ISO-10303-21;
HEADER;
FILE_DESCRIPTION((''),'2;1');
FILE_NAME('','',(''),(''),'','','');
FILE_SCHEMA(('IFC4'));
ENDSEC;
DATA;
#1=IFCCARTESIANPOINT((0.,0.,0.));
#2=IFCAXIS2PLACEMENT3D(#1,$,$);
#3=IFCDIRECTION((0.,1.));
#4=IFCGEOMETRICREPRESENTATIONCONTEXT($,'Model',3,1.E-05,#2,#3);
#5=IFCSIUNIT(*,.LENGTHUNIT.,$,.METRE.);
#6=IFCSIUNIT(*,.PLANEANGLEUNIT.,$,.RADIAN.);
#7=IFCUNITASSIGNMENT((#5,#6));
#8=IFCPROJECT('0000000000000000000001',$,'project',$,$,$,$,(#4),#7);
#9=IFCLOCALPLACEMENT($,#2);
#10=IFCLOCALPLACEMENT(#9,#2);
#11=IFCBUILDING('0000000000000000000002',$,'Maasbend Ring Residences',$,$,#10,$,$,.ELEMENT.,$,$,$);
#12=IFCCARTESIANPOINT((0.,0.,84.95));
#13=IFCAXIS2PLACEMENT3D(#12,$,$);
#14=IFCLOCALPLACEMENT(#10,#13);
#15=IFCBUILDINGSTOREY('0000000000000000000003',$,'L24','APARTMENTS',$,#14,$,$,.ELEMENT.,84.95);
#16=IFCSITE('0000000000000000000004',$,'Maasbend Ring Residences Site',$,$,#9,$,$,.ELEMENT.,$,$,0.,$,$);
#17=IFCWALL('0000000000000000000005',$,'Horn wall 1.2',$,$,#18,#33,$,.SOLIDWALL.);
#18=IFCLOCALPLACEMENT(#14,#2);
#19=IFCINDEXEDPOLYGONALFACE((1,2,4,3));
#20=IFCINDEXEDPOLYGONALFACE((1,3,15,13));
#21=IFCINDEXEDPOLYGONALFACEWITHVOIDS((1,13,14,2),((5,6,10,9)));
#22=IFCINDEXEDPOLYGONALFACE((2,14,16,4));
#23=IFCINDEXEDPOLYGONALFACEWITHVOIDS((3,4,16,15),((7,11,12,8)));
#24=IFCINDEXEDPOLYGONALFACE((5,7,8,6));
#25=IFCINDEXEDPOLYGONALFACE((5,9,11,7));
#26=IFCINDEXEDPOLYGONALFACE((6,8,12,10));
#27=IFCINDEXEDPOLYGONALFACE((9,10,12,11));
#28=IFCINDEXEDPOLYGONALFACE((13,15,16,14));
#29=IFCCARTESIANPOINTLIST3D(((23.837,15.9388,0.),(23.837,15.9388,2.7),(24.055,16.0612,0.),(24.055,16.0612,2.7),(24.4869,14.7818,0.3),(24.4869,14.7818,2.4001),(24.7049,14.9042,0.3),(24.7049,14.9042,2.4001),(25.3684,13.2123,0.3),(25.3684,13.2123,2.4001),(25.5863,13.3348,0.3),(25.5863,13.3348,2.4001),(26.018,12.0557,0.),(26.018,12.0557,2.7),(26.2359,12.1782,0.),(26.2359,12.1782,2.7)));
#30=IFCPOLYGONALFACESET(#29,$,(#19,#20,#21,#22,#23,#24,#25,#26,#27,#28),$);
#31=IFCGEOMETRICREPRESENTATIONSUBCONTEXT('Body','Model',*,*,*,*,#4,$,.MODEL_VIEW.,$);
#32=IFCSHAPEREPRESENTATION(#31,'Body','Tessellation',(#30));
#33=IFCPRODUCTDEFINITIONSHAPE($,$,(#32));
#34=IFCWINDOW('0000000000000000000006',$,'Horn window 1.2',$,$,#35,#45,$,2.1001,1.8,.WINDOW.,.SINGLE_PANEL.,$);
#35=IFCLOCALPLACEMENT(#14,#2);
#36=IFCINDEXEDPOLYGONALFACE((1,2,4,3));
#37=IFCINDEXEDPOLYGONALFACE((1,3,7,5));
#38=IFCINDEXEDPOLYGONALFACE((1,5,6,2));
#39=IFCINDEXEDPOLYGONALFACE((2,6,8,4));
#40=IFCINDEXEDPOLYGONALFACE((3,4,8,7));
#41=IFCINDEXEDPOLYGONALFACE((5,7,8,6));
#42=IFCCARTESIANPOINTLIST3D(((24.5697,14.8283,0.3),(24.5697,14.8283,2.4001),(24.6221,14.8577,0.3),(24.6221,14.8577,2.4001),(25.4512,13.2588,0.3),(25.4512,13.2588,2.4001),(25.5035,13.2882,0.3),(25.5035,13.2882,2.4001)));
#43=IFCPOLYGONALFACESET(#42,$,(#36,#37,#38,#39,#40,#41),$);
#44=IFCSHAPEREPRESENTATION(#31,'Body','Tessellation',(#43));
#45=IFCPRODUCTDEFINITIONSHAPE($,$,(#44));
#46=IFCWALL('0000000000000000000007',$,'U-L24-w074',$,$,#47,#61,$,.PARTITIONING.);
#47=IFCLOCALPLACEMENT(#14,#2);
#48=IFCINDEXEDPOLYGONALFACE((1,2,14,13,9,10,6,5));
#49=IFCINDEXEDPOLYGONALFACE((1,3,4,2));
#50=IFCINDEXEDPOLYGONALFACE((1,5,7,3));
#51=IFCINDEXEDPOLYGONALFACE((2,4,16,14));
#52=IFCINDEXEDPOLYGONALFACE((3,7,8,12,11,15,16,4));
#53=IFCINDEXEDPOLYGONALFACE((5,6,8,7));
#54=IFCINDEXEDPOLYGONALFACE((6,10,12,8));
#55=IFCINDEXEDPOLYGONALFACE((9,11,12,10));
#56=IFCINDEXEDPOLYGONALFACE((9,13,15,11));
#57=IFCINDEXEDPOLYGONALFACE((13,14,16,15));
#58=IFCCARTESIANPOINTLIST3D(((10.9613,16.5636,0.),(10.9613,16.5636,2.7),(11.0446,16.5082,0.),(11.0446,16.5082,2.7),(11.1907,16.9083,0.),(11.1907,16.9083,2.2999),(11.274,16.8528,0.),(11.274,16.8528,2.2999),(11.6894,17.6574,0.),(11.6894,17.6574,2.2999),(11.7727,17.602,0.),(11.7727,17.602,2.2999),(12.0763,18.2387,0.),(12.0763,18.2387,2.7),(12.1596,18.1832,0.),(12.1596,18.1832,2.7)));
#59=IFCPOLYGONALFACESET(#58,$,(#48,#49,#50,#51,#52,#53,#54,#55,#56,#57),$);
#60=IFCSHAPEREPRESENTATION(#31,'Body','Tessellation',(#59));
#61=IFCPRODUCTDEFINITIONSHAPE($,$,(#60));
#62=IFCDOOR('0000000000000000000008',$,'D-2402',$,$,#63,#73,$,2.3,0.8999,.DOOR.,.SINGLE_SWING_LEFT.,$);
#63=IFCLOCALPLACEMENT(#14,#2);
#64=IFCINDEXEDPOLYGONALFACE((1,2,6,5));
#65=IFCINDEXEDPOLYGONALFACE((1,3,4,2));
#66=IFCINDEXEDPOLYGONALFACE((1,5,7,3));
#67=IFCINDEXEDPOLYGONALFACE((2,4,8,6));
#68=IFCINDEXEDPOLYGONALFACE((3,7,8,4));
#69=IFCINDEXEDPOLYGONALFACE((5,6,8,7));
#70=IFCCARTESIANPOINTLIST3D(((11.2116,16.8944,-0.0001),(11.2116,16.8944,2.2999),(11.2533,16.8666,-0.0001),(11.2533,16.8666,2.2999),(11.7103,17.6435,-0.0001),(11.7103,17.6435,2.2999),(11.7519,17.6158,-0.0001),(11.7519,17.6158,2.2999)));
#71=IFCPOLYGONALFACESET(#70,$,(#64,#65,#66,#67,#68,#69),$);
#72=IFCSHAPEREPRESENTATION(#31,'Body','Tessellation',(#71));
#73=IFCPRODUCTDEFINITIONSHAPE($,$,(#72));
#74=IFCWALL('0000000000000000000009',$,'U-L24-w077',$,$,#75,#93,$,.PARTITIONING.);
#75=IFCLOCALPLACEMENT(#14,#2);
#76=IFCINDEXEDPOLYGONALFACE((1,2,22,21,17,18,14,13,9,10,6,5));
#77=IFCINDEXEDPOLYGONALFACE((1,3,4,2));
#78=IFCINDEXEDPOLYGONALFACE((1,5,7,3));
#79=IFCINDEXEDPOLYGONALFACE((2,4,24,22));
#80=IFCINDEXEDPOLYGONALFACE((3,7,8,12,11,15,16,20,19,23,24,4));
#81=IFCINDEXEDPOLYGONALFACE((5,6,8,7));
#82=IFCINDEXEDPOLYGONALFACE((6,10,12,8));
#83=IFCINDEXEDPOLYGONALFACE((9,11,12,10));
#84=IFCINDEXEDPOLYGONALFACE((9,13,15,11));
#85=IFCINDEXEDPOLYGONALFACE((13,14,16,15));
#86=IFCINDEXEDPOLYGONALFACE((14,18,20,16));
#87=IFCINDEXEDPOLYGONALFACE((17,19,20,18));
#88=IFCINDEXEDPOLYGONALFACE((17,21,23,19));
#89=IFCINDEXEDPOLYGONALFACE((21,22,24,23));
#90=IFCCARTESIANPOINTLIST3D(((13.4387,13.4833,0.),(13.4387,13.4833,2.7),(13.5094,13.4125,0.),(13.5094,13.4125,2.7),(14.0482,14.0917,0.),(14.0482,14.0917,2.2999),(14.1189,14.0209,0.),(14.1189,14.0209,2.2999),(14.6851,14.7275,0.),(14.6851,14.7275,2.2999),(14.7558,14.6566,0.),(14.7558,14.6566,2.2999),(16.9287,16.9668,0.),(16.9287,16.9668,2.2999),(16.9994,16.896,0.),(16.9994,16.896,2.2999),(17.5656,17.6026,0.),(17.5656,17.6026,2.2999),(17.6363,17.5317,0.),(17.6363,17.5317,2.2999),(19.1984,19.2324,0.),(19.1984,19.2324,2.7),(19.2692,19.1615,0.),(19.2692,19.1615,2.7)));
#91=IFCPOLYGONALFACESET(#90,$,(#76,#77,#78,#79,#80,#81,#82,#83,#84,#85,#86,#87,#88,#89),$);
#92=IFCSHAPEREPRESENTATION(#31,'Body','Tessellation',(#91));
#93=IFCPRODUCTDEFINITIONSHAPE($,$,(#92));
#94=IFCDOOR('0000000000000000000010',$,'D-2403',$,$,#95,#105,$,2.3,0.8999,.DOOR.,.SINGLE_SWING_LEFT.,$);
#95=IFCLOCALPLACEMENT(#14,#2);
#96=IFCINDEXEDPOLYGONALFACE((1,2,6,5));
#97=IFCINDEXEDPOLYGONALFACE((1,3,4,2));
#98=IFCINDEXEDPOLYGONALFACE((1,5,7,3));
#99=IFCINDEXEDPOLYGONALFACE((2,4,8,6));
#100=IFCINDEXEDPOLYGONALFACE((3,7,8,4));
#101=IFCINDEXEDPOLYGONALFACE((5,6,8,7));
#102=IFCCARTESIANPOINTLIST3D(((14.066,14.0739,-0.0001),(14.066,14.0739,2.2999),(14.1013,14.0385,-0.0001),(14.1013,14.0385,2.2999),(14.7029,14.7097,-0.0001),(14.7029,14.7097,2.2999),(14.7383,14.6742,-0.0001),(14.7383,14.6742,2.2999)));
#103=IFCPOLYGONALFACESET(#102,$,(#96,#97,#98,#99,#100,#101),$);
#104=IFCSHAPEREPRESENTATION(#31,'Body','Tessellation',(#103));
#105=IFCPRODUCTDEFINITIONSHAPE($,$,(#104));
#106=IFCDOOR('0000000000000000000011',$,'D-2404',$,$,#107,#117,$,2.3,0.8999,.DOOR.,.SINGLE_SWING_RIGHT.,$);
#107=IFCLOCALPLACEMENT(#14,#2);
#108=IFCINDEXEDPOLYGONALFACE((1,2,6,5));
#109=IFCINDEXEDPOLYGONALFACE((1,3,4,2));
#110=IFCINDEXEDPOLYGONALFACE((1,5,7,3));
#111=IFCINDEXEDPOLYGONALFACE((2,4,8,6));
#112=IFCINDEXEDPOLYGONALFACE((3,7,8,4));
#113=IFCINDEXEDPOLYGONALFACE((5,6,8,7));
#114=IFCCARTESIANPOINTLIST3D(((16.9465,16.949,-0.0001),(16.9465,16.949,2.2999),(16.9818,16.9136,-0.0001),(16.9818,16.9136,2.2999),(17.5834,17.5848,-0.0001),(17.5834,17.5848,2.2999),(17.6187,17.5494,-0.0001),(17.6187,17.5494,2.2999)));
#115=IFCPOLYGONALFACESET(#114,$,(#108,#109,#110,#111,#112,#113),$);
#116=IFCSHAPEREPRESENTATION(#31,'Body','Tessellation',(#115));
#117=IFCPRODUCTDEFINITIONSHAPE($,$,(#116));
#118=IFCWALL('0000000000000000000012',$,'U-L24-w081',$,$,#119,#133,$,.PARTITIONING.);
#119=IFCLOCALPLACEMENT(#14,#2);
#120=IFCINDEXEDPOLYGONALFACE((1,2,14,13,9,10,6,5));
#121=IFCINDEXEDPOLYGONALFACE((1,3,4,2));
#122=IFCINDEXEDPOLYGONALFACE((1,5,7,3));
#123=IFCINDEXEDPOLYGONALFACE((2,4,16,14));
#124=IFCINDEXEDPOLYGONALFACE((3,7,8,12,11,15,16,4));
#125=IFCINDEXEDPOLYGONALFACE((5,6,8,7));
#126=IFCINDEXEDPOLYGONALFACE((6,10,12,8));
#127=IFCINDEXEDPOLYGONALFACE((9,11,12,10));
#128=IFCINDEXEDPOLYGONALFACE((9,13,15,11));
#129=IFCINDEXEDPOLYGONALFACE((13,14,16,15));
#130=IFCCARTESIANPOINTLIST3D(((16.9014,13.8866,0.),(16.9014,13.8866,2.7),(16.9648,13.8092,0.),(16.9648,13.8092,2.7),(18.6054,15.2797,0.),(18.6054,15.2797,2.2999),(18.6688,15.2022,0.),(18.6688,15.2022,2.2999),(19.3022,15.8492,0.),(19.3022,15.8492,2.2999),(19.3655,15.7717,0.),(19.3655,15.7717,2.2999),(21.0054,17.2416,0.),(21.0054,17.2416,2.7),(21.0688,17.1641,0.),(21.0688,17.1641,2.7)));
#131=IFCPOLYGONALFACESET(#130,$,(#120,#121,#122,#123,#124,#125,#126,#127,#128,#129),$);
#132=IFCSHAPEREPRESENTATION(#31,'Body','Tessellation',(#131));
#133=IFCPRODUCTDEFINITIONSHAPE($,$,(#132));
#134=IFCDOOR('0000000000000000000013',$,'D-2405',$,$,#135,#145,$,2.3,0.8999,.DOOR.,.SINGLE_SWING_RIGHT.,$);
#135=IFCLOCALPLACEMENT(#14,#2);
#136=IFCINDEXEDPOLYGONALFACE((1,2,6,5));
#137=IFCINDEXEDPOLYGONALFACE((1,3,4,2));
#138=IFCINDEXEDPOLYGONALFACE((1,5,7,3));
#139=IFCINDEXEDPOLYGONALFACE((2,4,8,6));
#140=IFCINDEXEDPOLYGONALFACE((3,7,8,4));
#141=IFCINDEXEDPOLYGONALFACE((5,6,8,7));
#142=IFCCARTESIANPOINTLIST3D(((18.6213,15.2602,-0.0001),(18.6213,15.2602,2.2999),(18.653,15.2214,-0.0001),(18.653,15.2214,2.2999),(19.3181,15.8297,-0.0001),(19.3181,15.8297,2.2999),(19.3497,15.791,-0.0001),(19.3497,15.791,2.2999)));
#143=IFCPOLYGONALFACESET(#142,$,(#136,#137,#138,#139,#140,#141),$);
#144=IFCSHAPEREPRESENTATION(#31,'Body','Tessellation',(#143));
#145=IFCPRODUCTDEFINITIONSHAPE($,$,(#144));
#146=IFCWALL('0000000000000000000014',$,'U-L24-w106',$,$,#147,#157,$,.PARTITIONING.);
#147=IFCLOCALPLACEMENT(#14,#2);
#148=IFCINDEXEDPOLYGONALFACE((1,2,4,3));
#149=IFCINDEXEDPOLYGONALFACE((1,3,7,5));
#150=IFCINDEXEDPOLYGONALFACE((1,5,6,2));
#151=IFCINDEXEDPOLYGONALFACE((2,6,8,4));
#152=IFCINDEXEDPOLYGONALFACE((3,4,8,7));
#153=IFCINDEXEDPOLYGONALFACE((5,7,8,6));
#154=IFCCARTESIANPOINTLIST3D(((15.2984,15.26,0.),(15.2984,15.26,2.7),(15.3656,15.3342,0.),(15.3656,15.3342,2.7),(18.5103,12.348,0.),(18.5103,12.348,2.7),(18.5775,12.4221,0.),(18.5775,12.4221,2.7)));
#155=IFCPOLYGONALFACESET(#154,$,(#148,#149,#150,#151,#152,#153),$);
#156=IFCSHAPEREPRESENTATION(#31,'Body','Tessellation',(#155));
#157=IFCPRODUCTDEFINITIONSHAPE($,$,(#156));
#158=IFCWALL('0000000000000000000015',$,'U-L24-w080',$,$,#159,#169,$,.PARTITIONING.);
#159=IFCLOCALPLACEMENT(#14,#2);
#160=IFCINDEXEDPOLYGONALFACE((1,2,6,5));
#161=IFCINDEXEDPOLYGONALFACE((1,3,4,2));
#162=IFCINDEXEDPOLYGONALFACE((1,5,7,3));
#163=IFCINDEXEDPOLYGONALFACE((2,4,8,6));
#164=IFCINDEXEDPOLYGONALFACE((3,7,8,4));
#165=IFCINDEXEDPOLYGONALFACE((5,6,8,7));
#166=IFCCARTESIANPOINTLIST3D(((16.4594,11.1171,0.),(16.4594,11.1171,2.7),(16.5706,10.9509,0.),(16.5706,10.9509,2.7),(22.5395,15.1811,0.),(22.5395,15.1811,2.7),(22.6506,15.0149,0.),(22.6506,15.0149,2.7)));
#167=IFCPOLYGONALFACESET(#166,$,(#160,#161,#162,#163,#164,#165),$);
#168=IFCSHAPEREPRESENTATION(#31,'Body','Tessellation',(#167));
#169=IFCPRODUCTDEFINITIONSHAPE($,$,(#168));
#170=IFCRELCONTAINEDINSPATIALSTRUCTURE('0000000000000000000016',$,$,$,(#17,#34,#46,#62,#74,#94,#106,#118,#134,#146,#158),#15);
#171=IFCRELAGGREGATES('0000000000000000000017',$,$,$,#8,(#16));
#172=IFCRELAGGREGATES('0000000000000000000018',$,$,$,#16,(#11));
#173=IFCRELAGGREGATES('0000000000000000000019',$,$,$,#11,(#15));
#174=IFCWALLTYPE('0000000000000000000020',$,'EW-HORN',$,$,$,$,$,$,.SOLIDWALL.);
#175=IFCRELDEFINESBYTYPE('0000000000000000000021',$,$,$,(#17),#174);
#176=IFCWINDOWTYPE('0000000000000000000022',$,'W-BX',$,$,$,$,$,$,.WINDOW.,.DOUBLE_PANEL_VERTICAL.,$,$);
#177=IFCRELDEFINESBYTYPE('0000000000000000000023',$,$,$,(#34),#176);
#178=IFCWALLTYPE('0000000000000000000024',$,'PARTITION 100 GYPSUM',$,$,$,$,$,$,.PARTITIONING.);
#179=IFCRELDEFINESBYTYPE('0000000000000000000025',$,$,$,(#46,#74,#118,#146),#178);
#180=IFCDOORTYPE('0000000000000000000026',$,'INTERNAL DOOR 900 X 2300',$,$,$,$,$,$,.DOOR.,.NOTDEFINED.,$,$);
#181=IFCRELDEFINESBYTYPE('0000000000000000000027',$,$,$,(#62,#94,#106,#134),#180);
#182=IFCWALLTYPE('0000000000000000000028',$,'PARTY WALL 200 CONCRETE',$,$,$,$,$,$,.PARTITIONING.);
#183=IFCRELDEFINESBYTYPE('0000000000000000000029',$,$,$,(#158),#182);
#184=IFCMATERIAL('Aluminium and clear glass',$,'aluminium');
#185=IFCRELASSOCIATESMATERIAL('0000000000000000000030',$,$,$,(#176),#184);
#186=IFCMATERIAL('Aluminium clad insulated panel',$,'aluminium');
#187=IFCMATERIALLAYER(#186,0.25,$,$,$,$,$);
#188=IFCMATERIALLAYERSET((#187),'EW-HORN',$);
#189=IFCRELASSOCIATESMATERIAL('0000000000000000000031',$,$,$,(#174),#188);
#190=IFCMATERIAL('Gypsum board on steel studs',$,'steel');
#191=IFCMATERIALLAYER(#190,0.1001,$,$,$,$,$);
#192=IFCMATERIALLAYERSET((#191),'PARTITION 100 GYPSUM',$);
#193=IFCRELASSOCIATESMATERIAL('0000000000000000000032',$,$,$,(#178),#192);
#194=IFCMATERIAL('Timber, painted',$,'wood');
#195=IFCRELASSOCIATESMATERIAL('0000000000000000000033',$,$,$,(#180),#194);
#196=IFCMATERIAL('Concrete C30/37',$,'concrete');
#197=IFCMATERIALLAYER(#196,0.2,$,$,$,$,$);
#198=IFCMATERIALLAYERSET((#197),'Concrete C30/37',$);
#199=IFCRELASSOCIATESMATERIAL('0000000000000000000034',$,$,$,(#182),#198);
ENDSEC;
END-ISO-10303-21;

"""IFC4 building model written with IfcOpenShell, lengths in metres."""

from ifc_helpers import new_model, si_unit, direction, frame, frame_2d, origin, place, context, subcontext, project, spatial, rectangle, extrude, material, layer, layer_set, type_object, element, fill, save


model = new_model("IFC4")

# Units and contexts
model_context = context("Model", 3, precision=1e-05, world=origin(), true_north=direction((0.0, 1.0)))
body_context = subcontext(model_context, "Body", "Model", "MODEL_VIEW")
ifc_project = project(units=[si_unit("LENGTHUNIT", "METRE"), si_unit("PLANEANGLEUNIT", "RADIAN")], contexts=[model_context])

# Site, building, storey
site_placement = place(None, origin())
site = spatial("IfcSite", under=ifc_project, at=site_placement, Name="Maasbend Ring Residences Site", CompositionType="ELEMENT", RefElevation=0.0)
building_placement = place(site_placement, origin())
building = spatial("IfcBuilding", under=site, at=building_placement, Name="Maasbend Ring Residences", CompositionType="ELEMENT")
storey_placement = place(building_placement, frame((0.0, 0.0, 84.95)))
storey = spatial("IfcBuildingStorey", under=building, at=storey_placement, Name="L24", Description="APARTMENTS", CompositionType="ELEMENT", Elevation=84.95)

# Shared definitions
ifc_material_1 = material(Name="Aluminium and clear glass", Category="aluminium")
window_type = type_object("IfcWindowType", Name="W-BX", PartitioningType="DOUBLE_PANEL_VERTICAL", PredefinedType="WINDOW", material=ifc_material_1)

# Wall, opening, window
ifc_material_2 = material(Name="Aluminium clad insulated panel", Category="aluminium")
ifc_layer_1 = layer(ifc_material_2, 0.25)
ifc_layer_set_1 = layer_set([ifc_layer_1], Name="EW-HORN")
wall_type_1 = type_object("IfcWallType", Name="EW-HORN", PredefinedType="SOLIDWALL", material=ifc_layer_set_1)
wall_1_placement = place(storey_placement, frame((26.127, 12.1169, 0.0), z_axis=(0.0, 0.0, 1.0), x_axis=(-0.489696, 0.871893, 0.0)))
wall_1 = element("IfcWall", 1, at=wall_1_placement, inside=storey, type_object=wall_type_1, Name="Horn wall 1.2", PredefinedType="SOLIDWALL", context=body_context, shape_type="SweptSolid", body=[
    extrude(rectangle(XDim=4.4536, YDim=0.25, at=frame_2d((2.2268, 0.0))), origin(), (0.0, 0.0, 1.0), 2.7),
])
opening_1_placement = place(wall_1_placement, frame((1.3267, 0.0, 0.3)))
opening_1 = element("IfcOpeningElement", 2, at=opening_1_placement, cuts=wall_1, PredefinedType="OPENING", context=body_context, shape_type="SweptSolid", body=[
    extrude(rectangle(XDim=1.8, YDim=2.1001, at=frame_2d((0.8999, 1.05))), frame((0.0, 0.135, 0.0), z_axis=(0.0, -1.0, 0.0), x_axis=(1.0, 0.0, 0.0)), (0.0, 0.0, 1.0), 0.27),
])
window_1_placement = place(opening_1_placement, origin())
window_1 = element("IfcWindow", 3, at=window_1_placement, inside=storey, type_object=window_type, Name="Horn window 1.2", OverallHeight=2.1001, OverallWidth=1.8, PartitioningType="SINGLE_PANEL", PredefinedType="WINDOW", context=body_context, shape_type="SweptSolid", body=[
    extrude(rectangle(XDim=1.8, YDim=2.1001, at=frame_2d((0.8999, 1.05))), frame((0.0, 0.03, 0.0), z_axis=(0.0, -1.0, 0.0), x_axis=(1.0, 0.0, 0.0)), (0.0, 0.0, 1.0), 0.0601),
])
fill(opening_1, window_1)

# Wall, opening, door
ifc_material_3 = material(Name="Gypsum board on steel studs", Category="steel")
ifc_layer_2 = layer(ifc_material_3, 0.1001)
ifc_layer_set_2 = layer_set([ifc_layer_2], Name="PARTITION 100 GYPSUM")
wall_type_2 = type_object("IfcWallType", Name="PARTITION 100 GYPSUM", PredefinedType="PARTITIONING", material=ifc_layer_set_2)
wall_2_placement = place(storey_placement, frame((11.0029, 16.5359, 0.0), z_axis=(0.0, 0.0, 1.0), x_axis=(0.554112, 0.832442, 0.0)))
wall_2 = element("IfcWall", 4, at=wall_2_placement, inside=storey, type_object=wall_type_2, Name="U-L24-w074", PredefinedType="PARTITIONING", context=body_context, shape_type="SweptSolid", body=[
    extrude(rectangle(XDim=2.0122, YDim=0.1001, at=frame_2d((1.0061, 0.0))), origin(), (0.0, 0.0, 1.0), 2.7),
])
opening_2_placement = place(wall_2_placement, frame((0.4141, 0.0, 0.0)))
opening_2 = element("IfcOpeningElement", 5, at=opening_2_placement, cuts=wall_2, PredefinedType="OPENING", context=body_context, shape_type="SweptSolid", body=[
    extrude(rectangle(XDim=0.8999, YDim=2.3, at=frame_2d((0.45, 1.1499))), frame((0.0, 0.0601, 0.0), z_axis=(0.0, -1.0, 0.0), x_axis=(1.0, 0.0, 0.0)), (0.0, 0.0, 1.0), 0.1201),
])
ifc_material_4 = material(Name="Timber, painted", Category="wood")
door_type_1 = type_object("IfcDoorType", Name="INTERNAL DOOR 900 X 2300", OperationType="NOTDEFINED", PredefinedType="DOOR", material=ifc_material_4)
door_1_placement = place(opening_2_placement, origin())
door_1 = element("IfcDoor", 6, at=door_1_placement, inside=storey, type_object=door_type_1, Name="D-2402", OperationType="SINGLE_SWING_LEFT", OverallHeight=2.3, OverallWidth=0.8999, PredefinedType="DOOR", context=body_context, shape_type="SweptSolid", body=[
    extrude(rectangle(XDim=0.8999, YDim=2.3, at=frame_2d((0.45, 1.1499))), frame((0.0, 0.0249, 0.0), z_axis=(0.0, -1.0, 0.0), x_axis=(1.0, 0.0, 0.0)), (0.0, 0.0, 1.0), 0.05),
])
fill(opening_2, door_1)

# Wall, openings, doors
wall_3_placement = place(storey_placement, frame((13.4741, 13.448, 0.0), z_axis=(0.0, 0.0, 1.0), x_axis=(0.707766, 0.706446, 0.0)))
wall_3 = element("IfcWall", 7, at=wall_3_placement, inside=storey, type_object=wall_type_2, Name="U-L24-w077", PredefinedType="PARTITIONING", context=body_context, shape_type="SweptSolid", body=[
    extrude(rectangle(XDim=8.1379, YDim=0.1001, at=frame_2d((4.0688, 0.0))), origin(), (0.0, 0.0, 1.0), 2.7),
])
opening_3_placement = place(wall_3_placement, frame((0.8611, 0.0, 0.0)))
opening_3 = element("IfcOpeningElement", 8, at=opening_3_placement, cuts=wall_3, PredefinedType="OPENING", context=body_context, shape_type="SweptSolid", body=[
    extrude(rectangle(XDim=0.8999, YDim=2.3, at=frame_2d((0.45, 1.1499))), frame((0.0, 0.0601, 0.0), z_axis=(0.0, -1.0, 0.0), x_axis=(1.0, 0.0, 0.0)), (0.0, 0.0, 1.0), 0.1201),
])
opening_4_placement = place(wall_3_placement, frame((4.9309, 0.0, 0.0)))
opening_4 = element("IfcOpeningElement", 9, at=opening_4_placement, cuts=wall_3, PredefinedType="OPENING", context=body_context, shape_type="SweptSolid", body=[
    extrude(rectangle(XDim=0.8999, YDim=2.3, at=frame_2d((0.45, 1.1499))), frame((0.0, 0.0601, 0.0), z_axis=(0.0, -1.0, 0.0), x_axis=(1.0, 0.0, 0.0)), (0.0, 0.0, 1.0), 0.1201),
])
door_2_placement = place(opening_3_placement, origin())
door_2 = element("IfcDoor", 10, at=door_2_placement, inside=storey, type_object=door_type_1, Name="D-2403", OperationType="SINGLE_SWING_LEFT", OverallHeight=2.3, OverallWidth=0.8999, PredefinedType="DOOR", context=body_context, shape_type="SweptSolid", body=[
    extrude(rectangle(XDim=0.8999, YDim=2.3, at=frame_2d((0.45, 1.1499))), frame((0.0, 0.0249, 0.0), z_axis=(0.0, -1.0, 0.0), x_axis=(1.0, 0.0, 0.0)), (0.0, 0.0, 1.0), 0.05),
])
fill(opening_3, door_2)
door_3_placement = place(opening_4_placement, origin())
door_3 = element("IfcDoor", 11, at=door_3_placement, inside=storey, type_object=door_type_1, Name="D-2404", OperationType="SINGLE_SWING_RIGHT", OverallHeight=2.3, OverallWidth=0.8999, PredefinedType="DOOR", context=body_context, shape_type="SweptSolid", body=[
    extrude(rectangle(XDim=0.8999, YDim=2.3, at=frame_2d((0.45, 1.1499))), frame((0.0, 0.0249, 0.0), z_axis=(0.0, -1.0, 0.0), x_axis=(1.0, 0.0, 0.0)), (0.0, 0.0, 1.0), 0.05),
])
fill(opening_4, door_3)

# Wall, opening, door
wall_4_placement = place(storey_placement, frame((16.9331, 13.8479, 0.0), z_axis=(0.0, 0.0, 1.0), x_axis=(0.77422, 0.632917, 0.0)))
wall_4 = element("IfcWall", 12, at=wall_4_placement, inside=storey, type_object=wall_type_2, Name="U-L24-w081", PredefinedType="PARTITIONING", context=body_context, shape_type="SweptSolid", body=[
    extrude(rectangle(XDim=5.3008, YDim=0.1001, at=frame_2d((2.6504, 0.0))), origin(), (0.0, 0.0, 1.0), 2.7),
])
opening_5_placement = place(wall_4_placement, frame((2.2009, 0.0, 0.0)))
opening_5 = element("IfcOpeningElement", 13, at=opening_5_placement, cuts=wall_4, PredefinedType="OPENING", context=body_context, shape_type="SweptSolid", body=[
    extrude(rectangle(XDim=0.8999, YDim=2.3, at=frame_2d((0.45, 1.1499))), frame((0.0, 0.0601, 0.0), z_axis=(0.0, -1.0, 0.0), x_axis=(1.0, 0.0, 0.0)), (0.0, 0.0, 1.0), 0.1201),
])
door_4_placement = place(opening_5_placement, origin())
door_4 = element("IfcDoor", 14, at=door_4_placement, inside=storey, type_object=door_type_1, Name="D-2405", OperationType="SINGLE_SWING_RIGHT", OverallHeight=2.3, OverallWidth=0.8999, PredefinedType="DOOR", context=body_context, shape_type="SweptSolid", body=[
    extrude(rectangle(XDim=0.8999, YDim=2.3, at=frame_2d((0.45, 1.1499))), frame((0.0, 0.0249, 0.0), z_axis=(0.0, -1.0, 0.0), x_axis=(1.0, 0.0, 0.0)), (0.0, 0.0, 1.0), 0.05),
])
fill(opening_5, door_4)

# Walls
wall_5_placement = place(storey_placement, frame((15.332, 15.2971, 0.0), z_axis=(0.0, 0.0, 1.0), x_axis=(0.740836, -0.671686, 0.0)))
element("IfcWall", 15, at=wall_5_placement, inside=storey, type_object=wall_type_2, Name="U-L24-w106", PredefinedType="PARTITIONING", context=body_context, shape_type="SweptSolid", body=[
    extrude(rectangle(XDim=4.3354, YDim=0.1001, at=frame_2d((2.1677, 0.0))), origin(), (0.0, 0.0, 1.0), 2.7),
])
ifc_material_5 = material(Name="Concrete C30/37", Category="concrete")
ifc_layer_3 = layer(ifc_material_5, 0.2)
ifc_layer_set_3 = layer_set([ifc_layer_3], Name="Concrete C30/37")
wall_type_3 = type_object("IfcWallType", Name="PARTY WALL 200 CONCRETE", PredefinedType="PARTITIONING", material=ifc_layer_set_3)
wall_6_placement = place(storey_placement, frame((16.5149, 11.0339, 0.0), z_axis=(0.0, 0.0, 1.0), x_axis=(0.831382, 0.555701, 0.0)))
element("IfcWall", 16, at=wall_6_placement, inside=storey, type_object=wall_type_3, Name="U-L24-w080", PredefinedType="PARTITIONING", context=body_context, shape_type="SweptSolid", body=[
    extrude(rectangle(XDim=7.3132, YDim=0.2, at=frame_2d((3.6567, 0.0))), origin(), (0.0, 0.0, 1.0), 2.7),
])

save(model, "model.ifc")
